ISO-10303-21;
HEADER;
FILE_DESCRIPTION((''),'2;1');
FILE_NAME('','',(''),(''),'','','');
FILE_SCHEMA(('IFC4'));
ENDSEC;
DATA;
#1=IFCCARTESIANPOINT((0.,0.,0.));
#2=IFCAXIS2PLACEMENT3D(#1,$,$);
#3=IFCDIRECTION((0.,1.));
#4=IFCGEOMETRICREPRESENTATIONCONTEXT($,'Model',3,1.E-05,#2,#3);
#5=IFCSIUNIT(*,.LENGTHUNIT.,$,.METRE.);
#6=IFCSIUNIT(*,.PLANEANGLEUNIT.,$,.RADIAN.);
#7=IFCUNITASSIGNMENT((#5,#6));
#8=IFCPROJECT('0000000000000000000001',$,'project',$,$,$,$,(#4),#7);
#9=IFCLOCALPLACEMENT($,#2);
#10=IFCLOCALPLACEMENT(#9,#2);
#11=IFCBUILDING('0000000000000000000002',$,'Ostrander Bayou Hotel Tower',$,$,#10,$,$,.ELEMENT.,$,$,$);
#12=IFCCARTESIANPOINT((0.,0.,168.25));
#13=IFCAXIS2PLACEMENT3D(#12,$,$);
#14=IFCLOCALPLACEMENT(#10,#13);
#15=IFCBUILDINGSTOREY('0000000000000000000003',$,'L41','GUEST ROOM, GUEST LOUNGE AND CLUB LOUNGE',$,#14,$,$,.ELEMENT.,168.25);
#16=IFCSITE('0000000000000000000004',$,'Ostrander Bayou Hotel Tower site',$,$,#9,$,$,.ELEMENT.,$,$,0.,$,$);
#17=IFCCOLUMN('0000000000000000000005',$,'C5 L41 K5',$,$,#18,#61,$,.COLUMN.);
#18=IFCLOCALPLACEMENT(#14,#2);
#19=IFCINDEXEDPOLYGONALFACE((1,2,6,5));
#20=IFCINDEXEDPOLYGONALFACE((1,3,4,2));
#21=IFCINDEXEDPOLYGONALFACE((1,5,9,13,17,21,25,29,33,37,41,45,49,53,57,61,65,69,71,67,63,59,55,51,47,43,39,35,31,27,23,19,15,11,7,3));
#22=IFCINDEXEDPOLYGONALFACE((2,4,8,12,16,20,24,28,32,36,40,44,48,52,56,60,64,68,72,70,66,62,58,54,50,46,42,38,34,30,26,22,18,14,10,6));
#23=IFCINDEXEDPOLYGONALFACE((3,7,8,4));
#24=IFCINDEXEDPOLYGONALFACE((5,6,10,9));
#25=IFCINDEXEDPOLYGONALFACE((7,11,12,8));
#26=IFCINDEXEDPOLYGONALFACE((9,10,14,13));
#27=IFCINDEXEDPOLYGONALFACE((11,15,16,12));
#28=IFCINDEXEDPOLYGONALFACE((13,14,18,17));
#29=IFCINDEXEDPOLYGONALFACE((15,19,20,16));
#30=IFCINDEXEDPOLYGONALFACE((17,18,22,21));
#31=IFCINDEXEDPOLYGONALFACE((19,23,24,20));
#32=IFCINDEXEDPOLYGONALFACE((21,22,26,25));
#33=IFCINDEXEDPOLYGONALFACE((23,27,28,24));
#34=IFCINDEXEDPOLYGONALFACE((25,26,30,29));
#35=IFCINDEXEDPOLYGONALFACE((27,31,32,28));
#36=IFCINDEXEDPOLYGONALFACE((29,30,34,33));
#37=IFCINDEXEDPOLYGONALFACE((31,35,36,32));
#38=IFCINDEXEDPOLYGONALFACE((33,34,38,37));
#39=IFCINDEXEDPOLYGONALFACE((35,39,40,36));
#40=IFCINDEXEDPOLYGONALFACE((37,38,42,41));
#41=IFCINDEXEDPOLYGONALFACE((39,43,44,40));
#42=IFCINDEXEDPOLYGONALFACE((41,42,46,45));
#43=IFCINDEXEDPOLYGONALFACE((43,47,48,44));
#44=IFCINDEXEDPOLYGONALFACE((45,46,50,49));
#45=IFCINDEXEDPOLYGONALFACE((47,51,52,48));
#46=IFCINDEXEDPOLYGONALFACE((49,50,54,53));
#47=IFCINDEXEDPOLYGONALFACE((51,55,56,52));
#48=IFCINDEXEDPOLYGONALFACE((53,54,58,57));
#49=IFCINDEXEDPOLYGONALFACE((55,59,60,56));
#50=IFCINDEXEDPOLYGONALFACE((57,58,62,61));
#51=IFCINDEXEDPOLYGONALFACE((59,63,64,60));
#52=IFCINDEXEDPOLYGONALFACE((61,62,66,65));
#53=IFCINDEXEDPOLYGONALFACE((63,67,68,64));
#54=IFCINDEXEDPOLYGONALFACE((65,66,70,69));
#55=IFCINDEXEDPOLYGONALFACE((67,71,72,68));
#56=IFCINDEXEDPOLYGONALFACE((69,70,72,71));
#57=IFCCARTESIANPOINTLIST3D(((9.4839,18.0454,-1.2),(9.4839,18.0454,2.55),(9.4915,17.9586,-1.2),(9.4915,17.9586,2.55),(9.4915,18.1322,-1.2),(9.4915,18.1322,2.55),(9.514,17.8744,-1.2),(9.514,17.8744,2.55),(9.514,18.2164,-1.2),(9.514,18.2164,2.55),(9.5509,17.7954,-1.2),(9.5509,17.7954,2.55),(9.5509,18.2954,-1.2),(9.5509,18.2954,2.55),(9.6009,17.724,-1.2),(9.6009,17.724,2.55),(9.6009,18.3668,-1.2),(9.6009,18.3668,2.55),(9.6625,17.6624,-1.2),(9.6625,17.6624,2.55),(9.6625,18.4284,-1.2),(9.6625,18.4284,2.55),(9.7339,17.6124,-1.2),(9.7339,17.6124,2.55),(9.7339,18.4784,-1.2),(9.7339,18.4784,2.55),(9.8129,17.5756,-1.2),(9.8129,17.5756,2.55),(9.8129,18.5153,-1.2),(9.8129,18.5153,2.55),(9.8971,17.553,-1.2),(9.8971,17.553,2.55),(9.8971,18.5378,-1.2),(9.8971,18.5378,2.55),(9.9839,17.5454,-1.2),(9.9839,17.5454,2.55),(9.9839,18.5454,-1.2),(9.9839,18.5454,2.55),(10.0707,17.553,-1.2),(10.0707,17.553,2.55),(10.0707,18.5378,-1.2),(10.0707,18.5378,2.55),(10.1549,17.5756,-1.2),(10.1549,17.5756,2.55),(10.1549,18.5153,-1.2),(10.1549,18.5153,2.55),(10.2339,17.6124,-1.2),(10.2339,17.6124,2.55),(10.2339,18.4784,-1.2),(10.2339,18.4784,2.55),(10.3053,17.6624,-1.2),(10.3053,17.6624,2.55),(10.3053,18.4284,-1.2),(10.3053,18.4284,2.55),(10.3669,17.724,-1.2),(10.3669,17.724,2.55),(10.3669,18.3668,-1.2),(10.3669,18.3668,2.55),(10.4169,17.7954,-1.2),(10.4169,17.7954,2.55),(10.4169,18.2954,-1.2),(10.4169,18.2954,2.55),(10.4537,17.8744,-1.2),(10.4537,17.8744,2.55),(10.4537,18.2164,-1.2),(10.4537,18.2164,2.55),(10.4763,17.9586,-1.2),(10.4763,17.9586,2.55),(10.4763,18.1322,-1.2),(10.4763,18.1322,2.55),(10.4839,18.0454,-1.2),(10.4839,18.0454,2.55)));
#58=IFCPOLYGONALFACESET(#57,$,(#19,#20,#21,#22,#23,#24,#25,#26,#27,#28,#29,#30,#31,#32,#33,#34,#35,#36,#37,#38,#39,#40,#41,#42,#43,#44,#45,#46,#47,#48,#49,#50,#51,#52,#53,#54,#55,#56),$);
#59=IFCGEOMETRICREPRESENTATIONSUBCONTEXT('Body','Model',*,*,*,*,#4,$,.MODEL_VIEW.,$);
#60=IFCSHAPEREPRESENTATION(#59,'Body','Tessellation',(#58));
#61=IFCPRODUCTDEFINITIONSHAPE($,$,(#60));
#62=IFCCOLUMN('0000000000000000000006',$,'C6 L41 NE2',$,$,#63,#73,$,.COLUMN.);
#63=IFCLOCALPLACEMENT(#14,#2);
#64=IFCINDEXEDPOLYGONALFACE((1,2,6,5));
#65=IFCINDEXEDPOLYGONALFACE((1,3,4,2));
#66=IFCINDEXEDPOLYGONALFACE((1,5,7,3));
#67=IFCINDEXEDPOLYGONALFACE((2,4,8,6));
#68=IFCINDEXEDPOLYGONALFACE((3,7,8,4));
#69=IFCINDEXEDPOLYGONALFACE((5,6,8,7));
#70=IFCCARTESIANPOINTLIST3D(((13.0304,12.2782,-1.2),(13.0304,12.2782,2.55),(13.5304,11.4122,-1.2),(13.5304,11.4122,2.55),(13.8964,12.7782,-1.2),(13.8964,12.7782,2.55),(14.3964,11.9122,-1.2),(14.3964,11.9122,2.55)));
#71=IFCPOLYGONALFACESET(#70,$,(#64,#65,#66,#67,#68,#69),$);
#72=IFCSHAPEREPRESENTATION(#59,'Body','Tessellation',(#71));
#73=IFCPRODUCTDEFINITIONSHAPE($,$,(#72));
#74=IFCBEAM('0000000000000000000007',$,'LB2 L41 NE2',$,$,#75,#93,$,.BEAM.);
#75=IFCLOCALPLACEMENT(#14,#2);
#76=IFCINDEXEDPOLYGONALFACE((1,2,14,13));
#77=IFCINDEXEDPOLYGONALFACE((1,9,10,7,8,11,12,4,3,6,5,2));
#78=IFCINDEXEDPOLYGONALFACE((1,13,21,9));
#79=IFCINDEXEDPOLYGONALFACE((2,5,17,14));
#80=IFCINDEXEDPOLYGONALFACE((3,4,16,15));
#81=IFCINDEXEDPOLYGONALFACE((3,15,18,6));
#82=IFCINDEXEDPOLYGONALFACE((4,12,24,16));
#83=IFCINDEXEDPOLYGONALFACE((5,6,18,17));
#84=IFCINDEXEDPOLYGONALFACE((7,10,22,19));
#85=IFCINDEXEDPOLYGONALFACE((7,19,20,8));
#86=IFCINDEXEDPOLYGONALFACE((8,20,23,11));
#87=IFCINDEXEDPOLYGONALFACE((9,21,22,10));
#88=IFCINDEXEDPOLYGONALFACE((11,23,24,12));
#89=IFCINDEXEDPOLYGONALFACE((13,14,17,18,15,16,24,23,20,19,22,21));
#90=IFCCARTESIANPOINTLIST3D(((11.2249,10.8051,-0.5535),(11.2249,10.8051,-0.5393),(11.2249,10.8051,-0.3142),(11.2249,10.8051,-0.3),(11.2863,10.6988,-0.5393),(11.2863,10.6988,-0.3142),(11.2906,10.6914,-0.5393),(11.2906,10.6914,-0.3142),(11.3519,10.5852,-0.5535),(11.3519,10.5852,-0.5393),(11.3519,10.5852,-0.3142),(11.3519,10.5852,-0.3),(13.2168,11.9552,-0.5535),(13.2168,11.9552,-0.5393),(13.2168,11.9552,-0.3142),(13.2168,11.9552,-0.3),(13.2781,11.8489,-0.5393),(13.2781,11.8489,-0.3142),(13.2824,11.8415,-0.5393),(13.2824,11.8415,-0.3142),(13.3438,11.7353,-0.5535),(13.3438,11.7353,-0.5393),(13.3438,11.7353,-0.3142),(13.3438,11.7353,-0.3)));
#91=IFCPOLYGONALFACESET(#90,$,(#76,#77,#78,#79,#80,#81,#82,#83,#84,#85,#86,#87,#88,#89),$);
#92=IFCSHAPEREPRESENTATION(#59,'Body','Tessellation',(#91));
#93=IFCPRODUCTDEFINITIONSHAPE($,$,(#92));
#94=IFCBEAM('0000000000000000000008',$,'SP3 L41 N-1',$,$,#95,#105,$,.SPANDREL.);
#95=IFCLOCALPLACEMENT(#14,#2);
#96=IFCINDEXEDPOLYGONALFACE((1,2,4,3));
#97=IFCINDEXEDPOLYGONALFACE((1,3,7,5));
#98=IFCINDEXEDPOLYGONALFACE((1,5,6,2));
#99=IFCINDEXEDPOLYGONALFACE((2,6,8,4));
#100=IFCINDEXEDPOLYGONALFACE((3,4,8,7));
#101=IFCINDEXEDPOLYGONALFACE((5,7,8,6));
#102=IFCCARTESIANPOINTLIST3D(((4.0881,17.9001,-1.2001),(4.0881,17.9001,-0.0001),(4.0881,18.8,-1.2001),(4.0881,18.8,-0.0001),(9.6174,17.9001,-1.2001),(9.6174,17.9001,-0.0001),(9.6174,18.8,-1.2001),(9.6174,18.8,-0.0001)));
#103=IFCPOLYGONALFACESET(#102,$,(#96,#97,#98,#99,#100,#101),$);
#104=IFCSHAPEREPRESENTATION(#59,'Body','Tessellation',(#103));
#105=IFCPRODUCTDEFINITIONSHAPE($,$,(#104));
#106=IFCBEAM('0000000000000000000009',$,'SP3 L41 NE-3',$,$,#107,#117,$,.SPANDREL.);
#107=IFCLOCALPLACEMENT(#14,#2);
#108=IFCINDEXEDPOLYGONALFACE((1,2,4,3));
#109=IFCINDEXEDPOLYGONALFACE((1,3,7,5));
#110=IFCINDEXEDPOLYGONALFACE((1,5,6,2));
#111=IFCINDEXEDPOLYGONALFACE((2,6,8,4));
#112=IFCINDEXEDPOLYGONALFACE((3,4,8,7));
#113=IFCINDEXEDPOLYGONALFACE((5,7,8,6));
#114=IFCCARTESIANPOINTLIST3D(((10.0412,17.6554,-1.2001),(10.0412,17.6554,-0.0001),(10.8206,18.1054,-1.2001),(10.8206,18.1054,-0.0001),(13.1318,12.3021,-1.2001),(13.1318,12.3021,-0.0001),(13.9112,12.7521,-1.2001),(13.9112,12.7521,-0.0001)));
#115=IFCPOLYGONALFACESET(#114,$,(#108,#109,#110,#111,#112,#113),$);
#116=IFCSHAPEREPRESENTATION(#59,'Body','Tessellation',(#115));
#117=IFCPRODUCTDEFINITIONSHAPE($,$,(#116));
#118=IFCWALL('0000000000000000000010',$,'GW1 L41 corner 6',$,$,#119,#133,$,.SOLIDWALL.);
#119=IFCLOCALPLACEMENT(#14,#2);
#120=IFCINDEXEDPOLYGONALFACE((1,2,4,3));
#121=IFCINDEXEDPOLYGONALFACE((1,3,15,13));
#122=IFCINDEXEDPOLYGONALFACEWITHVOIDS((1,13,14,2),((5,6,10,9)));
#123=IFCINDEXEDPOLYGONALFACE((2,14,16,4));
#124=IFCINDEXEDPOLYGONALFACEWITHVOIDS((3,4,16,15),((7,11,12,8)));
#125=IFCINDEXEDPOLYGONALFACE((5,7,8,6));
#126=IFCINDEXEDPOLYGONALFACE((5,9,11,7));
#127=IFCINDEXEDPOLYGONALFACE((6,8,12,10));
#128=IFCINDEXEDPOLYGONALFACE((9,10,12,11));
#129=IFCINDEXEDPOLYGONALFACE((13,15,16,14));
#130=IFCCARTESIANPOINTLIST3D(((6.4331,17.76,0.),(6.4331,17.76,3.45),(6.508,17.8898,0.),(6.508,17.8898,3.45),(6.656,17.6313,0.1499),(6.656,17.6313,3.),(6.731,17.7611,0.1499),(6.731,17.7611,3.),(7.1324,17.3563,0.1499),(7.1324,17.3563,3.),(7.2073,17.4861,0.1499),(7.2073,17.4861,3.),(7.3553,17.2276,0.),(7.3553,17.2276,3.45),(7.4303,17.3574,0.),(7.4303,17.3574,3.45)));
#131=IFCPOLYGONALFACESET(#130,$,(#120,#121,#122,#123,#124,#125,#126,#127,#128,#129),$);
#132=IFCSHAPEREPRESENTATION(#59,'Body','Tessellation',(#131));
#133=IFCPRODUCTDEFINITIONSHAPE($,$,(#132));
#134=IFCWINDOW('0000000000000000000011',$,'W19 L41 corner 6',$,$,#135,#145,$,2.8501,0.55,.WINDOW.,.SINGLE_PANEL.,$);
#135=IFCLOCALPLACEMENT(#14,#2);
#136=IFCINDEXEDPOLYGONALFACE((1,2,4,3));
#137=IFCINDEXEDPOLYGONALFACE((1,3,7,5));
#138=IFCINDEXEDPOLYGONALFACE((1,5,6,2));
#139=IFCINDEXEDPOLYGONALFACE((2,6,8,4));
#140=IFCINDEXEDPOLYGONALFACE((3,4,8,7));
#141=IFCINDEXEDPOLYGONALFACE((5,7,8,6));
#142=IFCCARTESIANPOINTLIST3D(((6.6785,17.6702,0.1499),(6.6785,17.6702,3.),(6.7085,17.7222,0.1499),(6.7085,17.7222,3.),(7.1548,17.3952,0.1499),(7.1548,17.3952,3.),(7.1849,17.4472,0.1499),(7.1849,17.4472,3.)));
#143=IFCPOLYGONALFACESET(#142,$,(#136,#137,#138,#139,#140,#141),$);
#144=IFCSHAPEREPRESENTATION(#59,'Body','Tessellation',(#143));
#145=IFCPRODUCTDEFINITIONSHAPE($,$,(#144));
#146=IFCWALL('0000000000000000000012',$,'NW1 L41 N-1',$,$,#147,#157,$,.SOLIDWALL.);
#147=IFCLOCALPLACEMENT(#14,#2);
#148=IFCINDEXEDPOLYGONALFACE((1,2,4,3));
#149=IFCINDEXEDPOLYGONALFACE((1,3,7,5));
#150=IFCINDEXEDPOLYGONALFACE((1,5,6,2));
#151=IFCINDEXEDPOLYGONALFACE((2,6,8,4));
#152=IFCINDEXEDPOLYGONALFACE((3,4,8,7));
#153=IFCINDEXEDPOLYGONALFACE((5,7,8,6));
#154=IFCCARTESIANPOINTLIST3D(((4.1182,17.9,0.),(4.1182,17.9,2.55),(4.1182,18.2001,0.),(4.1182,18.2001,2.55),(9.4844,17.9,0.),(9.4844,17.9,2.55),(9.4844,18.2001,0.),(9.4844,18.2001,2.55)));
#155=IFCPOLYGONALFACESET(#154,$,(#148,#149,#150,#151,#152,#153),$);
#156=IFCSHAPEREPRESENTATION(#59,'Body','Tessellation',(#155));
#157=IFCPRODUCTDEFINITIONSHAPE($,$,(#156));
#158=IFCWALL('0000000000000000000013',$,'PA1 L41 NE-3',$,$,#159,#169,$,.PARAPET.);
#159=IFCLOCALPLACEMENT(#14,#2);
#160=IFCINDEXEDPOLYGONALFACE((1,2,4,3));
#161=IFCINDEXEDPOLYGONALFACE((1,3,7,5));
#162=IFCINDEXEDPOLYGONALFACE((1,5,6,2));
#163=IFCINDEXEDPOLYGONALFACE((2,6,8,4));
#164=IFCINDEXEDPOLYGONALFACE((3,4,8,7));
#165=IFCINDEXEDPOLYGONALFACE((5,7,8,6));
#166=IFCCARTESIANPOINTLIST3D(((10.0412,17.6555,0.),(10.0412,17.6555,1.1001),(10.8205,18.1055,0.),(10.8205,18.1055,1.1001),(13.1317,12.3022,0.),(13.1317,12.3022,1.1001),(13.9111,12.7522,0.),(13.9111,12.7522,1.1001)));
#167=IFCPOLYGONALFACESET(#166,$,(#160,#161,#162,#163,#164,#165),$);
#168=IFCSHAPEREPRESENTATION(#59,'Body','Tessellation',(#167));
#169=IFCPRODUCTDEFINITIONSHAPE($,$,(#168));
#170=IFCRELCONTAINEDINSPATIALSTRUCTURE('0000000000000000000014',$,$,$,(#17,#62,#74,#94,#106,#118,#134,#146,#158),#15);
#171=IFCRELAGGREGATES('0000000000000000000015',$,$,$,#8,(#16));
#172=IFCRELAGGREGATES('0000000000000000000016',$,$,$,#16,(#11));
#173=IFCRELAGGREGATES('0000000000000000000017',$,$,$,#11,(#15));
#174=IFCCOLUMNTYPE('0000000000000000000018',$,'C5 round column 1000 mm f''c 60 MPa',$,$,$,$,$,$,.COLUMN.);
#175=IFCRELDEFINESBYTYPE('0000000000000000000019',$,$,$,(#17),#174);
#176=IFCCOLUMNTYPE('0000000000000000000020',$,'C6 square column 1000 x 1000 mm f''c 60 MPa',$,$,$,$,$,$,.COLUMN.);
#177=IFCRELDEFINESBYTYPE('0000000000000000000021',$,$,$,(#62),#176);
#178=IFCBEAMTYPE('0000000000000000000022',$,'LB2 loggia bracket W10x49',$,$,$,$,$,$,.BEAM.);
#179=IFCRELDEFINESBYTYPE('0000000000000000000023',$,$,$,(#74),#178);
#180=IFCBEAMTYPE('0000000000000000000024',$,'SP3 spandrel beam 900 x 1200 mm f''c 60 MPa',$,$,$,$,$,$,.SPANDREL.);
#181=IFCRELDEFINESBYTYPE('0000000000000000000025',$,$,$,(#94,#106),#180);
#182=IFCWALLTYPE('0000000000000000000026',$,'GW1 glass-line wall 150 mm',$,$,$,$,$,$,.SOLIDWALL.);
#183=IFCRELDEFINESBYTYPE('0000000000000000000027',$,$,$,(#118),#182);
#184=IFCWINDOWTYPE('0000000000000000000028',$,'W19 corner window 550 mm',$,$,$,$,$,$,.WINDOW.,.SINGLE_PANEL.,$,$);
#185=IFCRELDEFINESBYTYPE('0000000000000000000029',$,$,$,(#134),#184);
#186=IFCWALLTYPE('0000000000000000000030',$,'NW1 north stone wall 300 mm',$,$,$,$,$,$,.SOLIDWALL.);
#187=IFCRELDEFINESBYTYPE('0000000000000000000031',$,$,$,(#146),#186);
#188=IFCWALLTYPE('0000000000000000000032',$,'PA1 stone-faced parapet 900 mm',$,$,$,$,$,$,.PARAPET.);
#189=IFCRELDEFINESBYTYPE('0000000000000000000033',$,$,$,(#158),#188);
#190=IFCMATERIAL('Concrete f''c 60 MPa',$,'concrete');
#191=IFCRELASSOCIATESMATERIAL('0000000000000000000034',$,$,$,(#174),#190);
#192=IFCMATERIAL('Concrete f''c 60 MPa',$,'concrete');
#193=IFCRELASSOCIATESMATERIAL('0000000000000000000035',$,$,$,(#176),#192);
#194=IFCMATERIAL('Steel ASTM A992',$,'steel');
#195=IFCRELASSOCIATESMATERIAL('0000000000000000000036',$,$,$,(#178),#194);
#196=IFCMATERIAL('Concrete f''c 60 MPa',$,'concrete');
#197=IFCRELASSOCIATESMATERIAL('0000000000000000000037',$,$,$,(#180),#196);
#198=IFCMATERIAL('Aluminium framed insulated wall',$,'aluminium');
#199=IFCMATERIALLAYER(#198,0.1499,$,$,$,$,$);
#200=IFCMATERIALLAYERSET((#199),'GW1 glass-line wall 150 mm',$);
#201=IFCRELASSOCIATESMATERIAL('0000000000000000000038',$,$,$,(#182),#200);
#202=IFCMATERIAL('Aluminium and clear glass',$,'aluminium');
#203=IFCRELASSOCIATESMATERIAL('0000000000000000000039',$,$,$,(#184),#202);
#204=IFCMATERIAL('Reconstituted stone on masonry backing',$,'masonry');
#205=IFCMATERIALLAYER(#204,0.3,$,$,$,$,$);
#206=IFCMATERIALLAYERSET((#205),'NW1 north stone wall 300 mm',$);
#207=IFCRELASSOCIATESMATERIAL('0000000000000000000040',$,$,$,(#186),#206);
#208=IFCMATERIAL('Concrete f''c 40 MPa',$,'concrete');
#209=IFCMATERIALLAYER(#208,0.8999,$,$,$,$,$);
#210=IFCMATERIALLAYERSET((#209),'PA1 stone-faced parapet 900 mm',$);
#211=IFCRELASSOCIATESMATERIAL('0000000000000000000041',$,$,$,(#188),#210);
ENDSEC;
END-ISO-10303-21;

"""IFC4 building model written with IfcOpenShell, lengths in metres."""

from ifc_helpers import new_model, si_unit, direction, frame, frame_2d, origin, origin_2d, place, context, subcontext, project, spatial, rectangle, circle, i_section, extrude, material, layer, layer_set, material_profile, profile_set, type_object, element, fill, save


model = new_model("IFC4")

# Units and contexts
model_context = context("Model", 3, precision=1e-05, world=origin(), true_north=direction((0.0, 1.0)))
body_context = subcontext(model_context, "Body", "Model", "MODEL_VIEW")
ifc_project = project(units=[si_unit("LENGTHUNIT", "METRE"), si_unit("PLANEANGLEUNIT", "RADIAN")], contexts=[model_context])

# Site, building, storey
site_placement = place(None, origin())
site = spatial("IfcSite", under=ifc_project, at=site_placement, Name="Ostrander Bayou Hotel Tower site", CompositionType="ELEMENT", RefElevation=0.0)
building_placement = place(site_placement, origin())
building = spatial("IfcBuilding", under=site, at=building_placement, Name="Ostrander Bayou Hotel Tower", CompositionType="ELEMENT")
storey_placement = place(building_placement, frame((0.0, 0.0, 168.25)))
storey = spatial("IfcBuildingStorey", under=building, at=storey_placement, Name="L41", Description="GUEST ROOM, GUEST LOUNGE AND CLUB LOUNGE", CompositionType="ELEMENT", Elevation=168.25)

# Columns
ifc_material_1 = material(Name="Concrete f'c 60 MPa", Category="concrete")
ifc_material_profile_1 = material_profile(ifc_material_1, circle(Radius=0.5, at=origin_2d()))
ifc_profile_set_1 = profile_set([ifc_material_profile_1], Name="Concrete f'c 60 MPa")
column_type_1 = type_object("IfcColumnType", Name="C5 round column 1000 mm f'c 60 MPa", PredefinedType="COLUMN", material=ifc_profile_set_1)
column_1_placement = place(storey_placement, frame((9.9839, 18.0454, -1.2), z_axis=(0.0, 0.0, 1.0), x_axis=(1.0, 0.0, 0.0)))
element("IfcColumn", 1, at=column_1_placement, inside=storey, type_object=column_type_1, Name="C5 L41 K5", PredefinedType="COLUMN", context=body_context, shape_type="SweptSolid", body=[
    extrude(circle(Radius=0.5, at=origin_2d()), origin(), (0.0, 0.0, 1.0), 3.75),
])
ifc_material_2 = material(Name="Concrete f'c 60 MPa", Category="concrete")
ifc_material_profile_2 = material_profile(ifc_material_2, rectangle(XDim=1.0, YDim=1.0, at=origin_2d()))
ifc_profile_set_2 = profile_set([ifc_material_profile_2], Name="Concrete f'c 60 MPa")
column_type_2 = type_object("IfcColumnType", Name="C6 square column 1000 x 1000 mm f'c 60 MPa", PredefinedType="COLUMN", material=ifc_profile_set_2)
column_2_placement = place(storey_placement, frame((13.7134, 12.0952, -1.2), z_axis=(0.0, 0.0, 1.0), x_axis=(0.5, -0.866025, 0.0)))
element("IfcColumn", 2, at=column_2_placement, inside=storey, type_object=column_type_2, Name="C6 L41 NE2", PredefinedType="COLUMN", context=body_context, shape_type="SweptSolid", body=[
    extrude(rectangle(XDim=1.0, YDim=1.0, at=origin_2d()), origin(), (0.0, 0.0, 1.0), 3.75),
])

# Beams
ifc_material_3 = material(Name="Steel ASTM A992", Category="steel")
ifc_material_profile_3 = material_profile(ifc_material_3, i_section(OverallWidth=0.2539, OverallDepth=0.2534, WebThickness=0.0085, FlangeThickness=0.0142, at=origin_2d()))
ifc_profile_set_3 = profile_set([ifc_material_profile_3], Name="Steel ASTM A992")
beam_type_1 = type_object("IfcBeamType", Name="LB2 loggia bracket W10x49", PredefinedType="BEAM", material=ifc_profile_set_3)
beam_1_placement = place(storey_placement, frame((13.2803, 11.8452, -0.4268), z_axis=(-0.866007, -0.500032, 0.0), x_axis=(0.500032, -0.866007, 0.0)))
element("IfcBeam", 3, at=beam_1_placement, inside=storey, type_object=beam_type_1, Name="LB2 L41 NE2", PredefinedType="BEAM", context=body_context, shape_type="SweptSolid", body=[
    extrude(i_section(OverallWidth=0.2539, OverallDepth=0.2534, WebThickness=0.0085, FlangeThickness=0.0142, at=origin_2d()), origin(), (0.0, 0.0, 1.0), 2.3),
])
ifc_material_4 = material(Name="Concrete f'c 60 MPa", Category="concrete")
ifc_material_profile_4 = material_profile(ifc_material_4, rectangle(XDim=0.8999, YDim=1.2, at=origin_2d()))
ifc_profile_set_4 = profile_set([ifc_material_profile_4], Name="Concrete f'c 60 MPa")
beam_type_2 = type_object("IfcBeamType", Name="SP3 spandrel beam 900 x 1200 mm f'c 60 MPa", PredefinedType="SPANDREL", material=ifc_profile_set_4)
beam_2_placement = place(storey_placement, frame((9.6174, 18.3501, -0.6001), z_axis=(-1.0, 0.0, 0.0), x_axis=(0.0, -1.0, 0.0)))
element("IfcBeam", 4, at=beam_2_placement, inside=storey, type_object=beam_type_2, Name="SP3 L41 N-1", PredefinedType="SPANDREL", context=body_context, shape_type="SweptSolid", body=[
    extrude(rectangle(XDim=0.8999, YDim=1.2, at=origin_2d()), origin(), (0.0, 0.0, 1.0), 5.5293),
])
beam_3_placement = place(storey_placement, frame((13.5215, 12.5271, -0.6001), z_axis=(-0.499983, 0.866035, 0.0), x_axis=(-0.866035, -0.499983, 0.0)))
element("IfcBeam", 5, at=beam_3_placement, inside=storey, type_object=beam_type_2, Name="SP3 L41 NE-3", PredefinedType="SPANDREL", context=body_context, shape_type="SweptSolid", body=[
    extrude(rectangle(XDim=0.8999, YDim=1.2, at=origin_2d()), origin(), (0.0, 0.0, 1.0), 6.1814),
])

# Wall, opening, window
ifc_material_5 = material(Name="Aluminium framed insulated wall", Category="aluminium")
ifc_layer_1 = layer(ifc_material_5, 0.1499)
ifc_layer_set_1 = layer_set([ifc_layer_1], Name="GW1 glass-line wall 150 mm")
wall_type_1 = type_object("IfcWallType", Name="GW1 glass-line wall 150 mm", PredefinedType="SOLIDWALL", material=ifc_layer_set_1)
wall_1_placement = place(storey_placement, frame((7.3928, 17.2925, 0.0), z_axis=(0.0, 0.0, 1.0), x_axis=(-0.866048, 0.499961, 0.0)))
wall_1 = element("IfcWall", 6, at=wall_1_placement, inside=storey, type_object=wall_type_1, Name="GW1 L41 corner 6", PredefinedType="SOLIDWALL", context=body_context, shape_type="SweptSolid", body=[
    extrude(rectangle(XDim=1.0649, YDim=0.1499, at=frame_2d((0.5325, 0.0))), origin(), (0.0, 0.0, 1.0), 3.45),
])
opening_1_placement = place(wall_1_placement, frame((0.2576, 0.0, 0.1499)))
opening_1 = element("IfcOpeningElement", 7, at=opening_1_placement, cuts=wall_1, PredefinedType="OPENING", context=body_context, shape_type="SweptSolid", body=[
    extrude(rectangle(XDim=0.55, YDim=2.8501, at=frame_2d((0.2749, 1.425))), frame((0.0, 0.075, 0.0), z_axis=(0.0, -1.0, 0.0), x_axis=(1.0, 0.0, 0.0)), (0.0, 0.0, 1.0), 0.1499),
])
ifc_material_6 = material(Name="Aluminium and clear glass", Category="aluminium")
window_type = type_object("IfcWindowType", Name="W19 corner window 550 mm", PartitioningType="SINGLE_PANEL", PredefinedType="WINDOW", material=ifc_material_6)
window_placement = place(opening_1_placement, origin())
window = element("IfcWindow", 8, at=window_placement, inside=storey, type_object=window_type, Name="W19 L41 corner 6", OverallHeight=2.8501, OverallWidth=0.55, PartitioningType="SINGLE_PANEL", PredefinedType="WINDOW", context=body_context, shape_type="SweptSolid", body=[
    extrude(rectangle(XDim=0.55, YDim=2.8501, at=frame_2d((0.2749, 1.425))), frame((0.0, 0.03, 0.0), z_axis=(0.0, -1.0, 0.0), x_axis=(1.0, 0.0, 0.0)), (0.0, 0.0, 1.0), 0.0601),
])
fill(opening_1, window)

# Walls
ifc_material_7 = material(Name="Reconstituted stone on masonry backing", Category="masonry")
ifc_layer_2 = layer(ifc_material_7, 0.3)
ifc_layer_set_2 = layer_set([ifc_layer_2], Name="NW1 north stone wall 300 mm")
wall_type_2 = type_object("IfcWallType", Name="NW1 north stone wall 300 mm", PredefinedType="SOLIDWALL", material=ifc_layer_set_2)
wall_2_placement = place(storey_placement, frame((9.4844, 18.05, 0.0), z_axis=(0.0, 0.0, 1.0), x_axis=(-1.0, 0.0, 0.0)))
element("IfcWall", 9, at=wall_2_placement, inside=storey, type_object=wall_type_2, Name="NW1 L41 N-1", PredefinedType="SOLIDWALL", context=body_context, shape_type="SweptSolid", body=[
    extrude(rectangle(XDim=5.3662, YDim=0.3, at=frame_2d((2.6831, 0.0))), origin(), (0.0, 0.0, 1.0), 2.55),
])
ifc_material_8 = material(Name="Concrete f'c 40 MPa", Category="concrete")
ifc_layer_3 = layer(ifc_material_8, 0.8999)
ifc_layer_set_3 = layer_set([ifc_layer_3], Name="PA1 stone-faced parapet 900 mm")
wall_type_3 = type_object("IfcWallType", Name="PA1 stone-faced parapet 900 mm", PredefinedType="PARAPET", material=ifc_layer_set_3)
wall_3_placement = place(storey_placement, frame((13.5215, 12.5271, 0.0), z_axis=(0.0, 0.0, 1.0), x_axis=(-0.499983, 0.866035, 0.0)))
element("IfcWall", 10, at=wall_3_placement, inside=storey, type_object=wall_type_3, Name="PA1 L41 NE-3", PredefinedType="PARAPET", context=body_context, shape_type="SweptSolid", body=[
    extrude(rectangle(XDim=6.1814, YDim=0.8999, at=frame_2d((3.0908, 0.0))), origin(), (0.0, 0.0, 1.0), 1.1001),
])

save(model, "model.ifc")
